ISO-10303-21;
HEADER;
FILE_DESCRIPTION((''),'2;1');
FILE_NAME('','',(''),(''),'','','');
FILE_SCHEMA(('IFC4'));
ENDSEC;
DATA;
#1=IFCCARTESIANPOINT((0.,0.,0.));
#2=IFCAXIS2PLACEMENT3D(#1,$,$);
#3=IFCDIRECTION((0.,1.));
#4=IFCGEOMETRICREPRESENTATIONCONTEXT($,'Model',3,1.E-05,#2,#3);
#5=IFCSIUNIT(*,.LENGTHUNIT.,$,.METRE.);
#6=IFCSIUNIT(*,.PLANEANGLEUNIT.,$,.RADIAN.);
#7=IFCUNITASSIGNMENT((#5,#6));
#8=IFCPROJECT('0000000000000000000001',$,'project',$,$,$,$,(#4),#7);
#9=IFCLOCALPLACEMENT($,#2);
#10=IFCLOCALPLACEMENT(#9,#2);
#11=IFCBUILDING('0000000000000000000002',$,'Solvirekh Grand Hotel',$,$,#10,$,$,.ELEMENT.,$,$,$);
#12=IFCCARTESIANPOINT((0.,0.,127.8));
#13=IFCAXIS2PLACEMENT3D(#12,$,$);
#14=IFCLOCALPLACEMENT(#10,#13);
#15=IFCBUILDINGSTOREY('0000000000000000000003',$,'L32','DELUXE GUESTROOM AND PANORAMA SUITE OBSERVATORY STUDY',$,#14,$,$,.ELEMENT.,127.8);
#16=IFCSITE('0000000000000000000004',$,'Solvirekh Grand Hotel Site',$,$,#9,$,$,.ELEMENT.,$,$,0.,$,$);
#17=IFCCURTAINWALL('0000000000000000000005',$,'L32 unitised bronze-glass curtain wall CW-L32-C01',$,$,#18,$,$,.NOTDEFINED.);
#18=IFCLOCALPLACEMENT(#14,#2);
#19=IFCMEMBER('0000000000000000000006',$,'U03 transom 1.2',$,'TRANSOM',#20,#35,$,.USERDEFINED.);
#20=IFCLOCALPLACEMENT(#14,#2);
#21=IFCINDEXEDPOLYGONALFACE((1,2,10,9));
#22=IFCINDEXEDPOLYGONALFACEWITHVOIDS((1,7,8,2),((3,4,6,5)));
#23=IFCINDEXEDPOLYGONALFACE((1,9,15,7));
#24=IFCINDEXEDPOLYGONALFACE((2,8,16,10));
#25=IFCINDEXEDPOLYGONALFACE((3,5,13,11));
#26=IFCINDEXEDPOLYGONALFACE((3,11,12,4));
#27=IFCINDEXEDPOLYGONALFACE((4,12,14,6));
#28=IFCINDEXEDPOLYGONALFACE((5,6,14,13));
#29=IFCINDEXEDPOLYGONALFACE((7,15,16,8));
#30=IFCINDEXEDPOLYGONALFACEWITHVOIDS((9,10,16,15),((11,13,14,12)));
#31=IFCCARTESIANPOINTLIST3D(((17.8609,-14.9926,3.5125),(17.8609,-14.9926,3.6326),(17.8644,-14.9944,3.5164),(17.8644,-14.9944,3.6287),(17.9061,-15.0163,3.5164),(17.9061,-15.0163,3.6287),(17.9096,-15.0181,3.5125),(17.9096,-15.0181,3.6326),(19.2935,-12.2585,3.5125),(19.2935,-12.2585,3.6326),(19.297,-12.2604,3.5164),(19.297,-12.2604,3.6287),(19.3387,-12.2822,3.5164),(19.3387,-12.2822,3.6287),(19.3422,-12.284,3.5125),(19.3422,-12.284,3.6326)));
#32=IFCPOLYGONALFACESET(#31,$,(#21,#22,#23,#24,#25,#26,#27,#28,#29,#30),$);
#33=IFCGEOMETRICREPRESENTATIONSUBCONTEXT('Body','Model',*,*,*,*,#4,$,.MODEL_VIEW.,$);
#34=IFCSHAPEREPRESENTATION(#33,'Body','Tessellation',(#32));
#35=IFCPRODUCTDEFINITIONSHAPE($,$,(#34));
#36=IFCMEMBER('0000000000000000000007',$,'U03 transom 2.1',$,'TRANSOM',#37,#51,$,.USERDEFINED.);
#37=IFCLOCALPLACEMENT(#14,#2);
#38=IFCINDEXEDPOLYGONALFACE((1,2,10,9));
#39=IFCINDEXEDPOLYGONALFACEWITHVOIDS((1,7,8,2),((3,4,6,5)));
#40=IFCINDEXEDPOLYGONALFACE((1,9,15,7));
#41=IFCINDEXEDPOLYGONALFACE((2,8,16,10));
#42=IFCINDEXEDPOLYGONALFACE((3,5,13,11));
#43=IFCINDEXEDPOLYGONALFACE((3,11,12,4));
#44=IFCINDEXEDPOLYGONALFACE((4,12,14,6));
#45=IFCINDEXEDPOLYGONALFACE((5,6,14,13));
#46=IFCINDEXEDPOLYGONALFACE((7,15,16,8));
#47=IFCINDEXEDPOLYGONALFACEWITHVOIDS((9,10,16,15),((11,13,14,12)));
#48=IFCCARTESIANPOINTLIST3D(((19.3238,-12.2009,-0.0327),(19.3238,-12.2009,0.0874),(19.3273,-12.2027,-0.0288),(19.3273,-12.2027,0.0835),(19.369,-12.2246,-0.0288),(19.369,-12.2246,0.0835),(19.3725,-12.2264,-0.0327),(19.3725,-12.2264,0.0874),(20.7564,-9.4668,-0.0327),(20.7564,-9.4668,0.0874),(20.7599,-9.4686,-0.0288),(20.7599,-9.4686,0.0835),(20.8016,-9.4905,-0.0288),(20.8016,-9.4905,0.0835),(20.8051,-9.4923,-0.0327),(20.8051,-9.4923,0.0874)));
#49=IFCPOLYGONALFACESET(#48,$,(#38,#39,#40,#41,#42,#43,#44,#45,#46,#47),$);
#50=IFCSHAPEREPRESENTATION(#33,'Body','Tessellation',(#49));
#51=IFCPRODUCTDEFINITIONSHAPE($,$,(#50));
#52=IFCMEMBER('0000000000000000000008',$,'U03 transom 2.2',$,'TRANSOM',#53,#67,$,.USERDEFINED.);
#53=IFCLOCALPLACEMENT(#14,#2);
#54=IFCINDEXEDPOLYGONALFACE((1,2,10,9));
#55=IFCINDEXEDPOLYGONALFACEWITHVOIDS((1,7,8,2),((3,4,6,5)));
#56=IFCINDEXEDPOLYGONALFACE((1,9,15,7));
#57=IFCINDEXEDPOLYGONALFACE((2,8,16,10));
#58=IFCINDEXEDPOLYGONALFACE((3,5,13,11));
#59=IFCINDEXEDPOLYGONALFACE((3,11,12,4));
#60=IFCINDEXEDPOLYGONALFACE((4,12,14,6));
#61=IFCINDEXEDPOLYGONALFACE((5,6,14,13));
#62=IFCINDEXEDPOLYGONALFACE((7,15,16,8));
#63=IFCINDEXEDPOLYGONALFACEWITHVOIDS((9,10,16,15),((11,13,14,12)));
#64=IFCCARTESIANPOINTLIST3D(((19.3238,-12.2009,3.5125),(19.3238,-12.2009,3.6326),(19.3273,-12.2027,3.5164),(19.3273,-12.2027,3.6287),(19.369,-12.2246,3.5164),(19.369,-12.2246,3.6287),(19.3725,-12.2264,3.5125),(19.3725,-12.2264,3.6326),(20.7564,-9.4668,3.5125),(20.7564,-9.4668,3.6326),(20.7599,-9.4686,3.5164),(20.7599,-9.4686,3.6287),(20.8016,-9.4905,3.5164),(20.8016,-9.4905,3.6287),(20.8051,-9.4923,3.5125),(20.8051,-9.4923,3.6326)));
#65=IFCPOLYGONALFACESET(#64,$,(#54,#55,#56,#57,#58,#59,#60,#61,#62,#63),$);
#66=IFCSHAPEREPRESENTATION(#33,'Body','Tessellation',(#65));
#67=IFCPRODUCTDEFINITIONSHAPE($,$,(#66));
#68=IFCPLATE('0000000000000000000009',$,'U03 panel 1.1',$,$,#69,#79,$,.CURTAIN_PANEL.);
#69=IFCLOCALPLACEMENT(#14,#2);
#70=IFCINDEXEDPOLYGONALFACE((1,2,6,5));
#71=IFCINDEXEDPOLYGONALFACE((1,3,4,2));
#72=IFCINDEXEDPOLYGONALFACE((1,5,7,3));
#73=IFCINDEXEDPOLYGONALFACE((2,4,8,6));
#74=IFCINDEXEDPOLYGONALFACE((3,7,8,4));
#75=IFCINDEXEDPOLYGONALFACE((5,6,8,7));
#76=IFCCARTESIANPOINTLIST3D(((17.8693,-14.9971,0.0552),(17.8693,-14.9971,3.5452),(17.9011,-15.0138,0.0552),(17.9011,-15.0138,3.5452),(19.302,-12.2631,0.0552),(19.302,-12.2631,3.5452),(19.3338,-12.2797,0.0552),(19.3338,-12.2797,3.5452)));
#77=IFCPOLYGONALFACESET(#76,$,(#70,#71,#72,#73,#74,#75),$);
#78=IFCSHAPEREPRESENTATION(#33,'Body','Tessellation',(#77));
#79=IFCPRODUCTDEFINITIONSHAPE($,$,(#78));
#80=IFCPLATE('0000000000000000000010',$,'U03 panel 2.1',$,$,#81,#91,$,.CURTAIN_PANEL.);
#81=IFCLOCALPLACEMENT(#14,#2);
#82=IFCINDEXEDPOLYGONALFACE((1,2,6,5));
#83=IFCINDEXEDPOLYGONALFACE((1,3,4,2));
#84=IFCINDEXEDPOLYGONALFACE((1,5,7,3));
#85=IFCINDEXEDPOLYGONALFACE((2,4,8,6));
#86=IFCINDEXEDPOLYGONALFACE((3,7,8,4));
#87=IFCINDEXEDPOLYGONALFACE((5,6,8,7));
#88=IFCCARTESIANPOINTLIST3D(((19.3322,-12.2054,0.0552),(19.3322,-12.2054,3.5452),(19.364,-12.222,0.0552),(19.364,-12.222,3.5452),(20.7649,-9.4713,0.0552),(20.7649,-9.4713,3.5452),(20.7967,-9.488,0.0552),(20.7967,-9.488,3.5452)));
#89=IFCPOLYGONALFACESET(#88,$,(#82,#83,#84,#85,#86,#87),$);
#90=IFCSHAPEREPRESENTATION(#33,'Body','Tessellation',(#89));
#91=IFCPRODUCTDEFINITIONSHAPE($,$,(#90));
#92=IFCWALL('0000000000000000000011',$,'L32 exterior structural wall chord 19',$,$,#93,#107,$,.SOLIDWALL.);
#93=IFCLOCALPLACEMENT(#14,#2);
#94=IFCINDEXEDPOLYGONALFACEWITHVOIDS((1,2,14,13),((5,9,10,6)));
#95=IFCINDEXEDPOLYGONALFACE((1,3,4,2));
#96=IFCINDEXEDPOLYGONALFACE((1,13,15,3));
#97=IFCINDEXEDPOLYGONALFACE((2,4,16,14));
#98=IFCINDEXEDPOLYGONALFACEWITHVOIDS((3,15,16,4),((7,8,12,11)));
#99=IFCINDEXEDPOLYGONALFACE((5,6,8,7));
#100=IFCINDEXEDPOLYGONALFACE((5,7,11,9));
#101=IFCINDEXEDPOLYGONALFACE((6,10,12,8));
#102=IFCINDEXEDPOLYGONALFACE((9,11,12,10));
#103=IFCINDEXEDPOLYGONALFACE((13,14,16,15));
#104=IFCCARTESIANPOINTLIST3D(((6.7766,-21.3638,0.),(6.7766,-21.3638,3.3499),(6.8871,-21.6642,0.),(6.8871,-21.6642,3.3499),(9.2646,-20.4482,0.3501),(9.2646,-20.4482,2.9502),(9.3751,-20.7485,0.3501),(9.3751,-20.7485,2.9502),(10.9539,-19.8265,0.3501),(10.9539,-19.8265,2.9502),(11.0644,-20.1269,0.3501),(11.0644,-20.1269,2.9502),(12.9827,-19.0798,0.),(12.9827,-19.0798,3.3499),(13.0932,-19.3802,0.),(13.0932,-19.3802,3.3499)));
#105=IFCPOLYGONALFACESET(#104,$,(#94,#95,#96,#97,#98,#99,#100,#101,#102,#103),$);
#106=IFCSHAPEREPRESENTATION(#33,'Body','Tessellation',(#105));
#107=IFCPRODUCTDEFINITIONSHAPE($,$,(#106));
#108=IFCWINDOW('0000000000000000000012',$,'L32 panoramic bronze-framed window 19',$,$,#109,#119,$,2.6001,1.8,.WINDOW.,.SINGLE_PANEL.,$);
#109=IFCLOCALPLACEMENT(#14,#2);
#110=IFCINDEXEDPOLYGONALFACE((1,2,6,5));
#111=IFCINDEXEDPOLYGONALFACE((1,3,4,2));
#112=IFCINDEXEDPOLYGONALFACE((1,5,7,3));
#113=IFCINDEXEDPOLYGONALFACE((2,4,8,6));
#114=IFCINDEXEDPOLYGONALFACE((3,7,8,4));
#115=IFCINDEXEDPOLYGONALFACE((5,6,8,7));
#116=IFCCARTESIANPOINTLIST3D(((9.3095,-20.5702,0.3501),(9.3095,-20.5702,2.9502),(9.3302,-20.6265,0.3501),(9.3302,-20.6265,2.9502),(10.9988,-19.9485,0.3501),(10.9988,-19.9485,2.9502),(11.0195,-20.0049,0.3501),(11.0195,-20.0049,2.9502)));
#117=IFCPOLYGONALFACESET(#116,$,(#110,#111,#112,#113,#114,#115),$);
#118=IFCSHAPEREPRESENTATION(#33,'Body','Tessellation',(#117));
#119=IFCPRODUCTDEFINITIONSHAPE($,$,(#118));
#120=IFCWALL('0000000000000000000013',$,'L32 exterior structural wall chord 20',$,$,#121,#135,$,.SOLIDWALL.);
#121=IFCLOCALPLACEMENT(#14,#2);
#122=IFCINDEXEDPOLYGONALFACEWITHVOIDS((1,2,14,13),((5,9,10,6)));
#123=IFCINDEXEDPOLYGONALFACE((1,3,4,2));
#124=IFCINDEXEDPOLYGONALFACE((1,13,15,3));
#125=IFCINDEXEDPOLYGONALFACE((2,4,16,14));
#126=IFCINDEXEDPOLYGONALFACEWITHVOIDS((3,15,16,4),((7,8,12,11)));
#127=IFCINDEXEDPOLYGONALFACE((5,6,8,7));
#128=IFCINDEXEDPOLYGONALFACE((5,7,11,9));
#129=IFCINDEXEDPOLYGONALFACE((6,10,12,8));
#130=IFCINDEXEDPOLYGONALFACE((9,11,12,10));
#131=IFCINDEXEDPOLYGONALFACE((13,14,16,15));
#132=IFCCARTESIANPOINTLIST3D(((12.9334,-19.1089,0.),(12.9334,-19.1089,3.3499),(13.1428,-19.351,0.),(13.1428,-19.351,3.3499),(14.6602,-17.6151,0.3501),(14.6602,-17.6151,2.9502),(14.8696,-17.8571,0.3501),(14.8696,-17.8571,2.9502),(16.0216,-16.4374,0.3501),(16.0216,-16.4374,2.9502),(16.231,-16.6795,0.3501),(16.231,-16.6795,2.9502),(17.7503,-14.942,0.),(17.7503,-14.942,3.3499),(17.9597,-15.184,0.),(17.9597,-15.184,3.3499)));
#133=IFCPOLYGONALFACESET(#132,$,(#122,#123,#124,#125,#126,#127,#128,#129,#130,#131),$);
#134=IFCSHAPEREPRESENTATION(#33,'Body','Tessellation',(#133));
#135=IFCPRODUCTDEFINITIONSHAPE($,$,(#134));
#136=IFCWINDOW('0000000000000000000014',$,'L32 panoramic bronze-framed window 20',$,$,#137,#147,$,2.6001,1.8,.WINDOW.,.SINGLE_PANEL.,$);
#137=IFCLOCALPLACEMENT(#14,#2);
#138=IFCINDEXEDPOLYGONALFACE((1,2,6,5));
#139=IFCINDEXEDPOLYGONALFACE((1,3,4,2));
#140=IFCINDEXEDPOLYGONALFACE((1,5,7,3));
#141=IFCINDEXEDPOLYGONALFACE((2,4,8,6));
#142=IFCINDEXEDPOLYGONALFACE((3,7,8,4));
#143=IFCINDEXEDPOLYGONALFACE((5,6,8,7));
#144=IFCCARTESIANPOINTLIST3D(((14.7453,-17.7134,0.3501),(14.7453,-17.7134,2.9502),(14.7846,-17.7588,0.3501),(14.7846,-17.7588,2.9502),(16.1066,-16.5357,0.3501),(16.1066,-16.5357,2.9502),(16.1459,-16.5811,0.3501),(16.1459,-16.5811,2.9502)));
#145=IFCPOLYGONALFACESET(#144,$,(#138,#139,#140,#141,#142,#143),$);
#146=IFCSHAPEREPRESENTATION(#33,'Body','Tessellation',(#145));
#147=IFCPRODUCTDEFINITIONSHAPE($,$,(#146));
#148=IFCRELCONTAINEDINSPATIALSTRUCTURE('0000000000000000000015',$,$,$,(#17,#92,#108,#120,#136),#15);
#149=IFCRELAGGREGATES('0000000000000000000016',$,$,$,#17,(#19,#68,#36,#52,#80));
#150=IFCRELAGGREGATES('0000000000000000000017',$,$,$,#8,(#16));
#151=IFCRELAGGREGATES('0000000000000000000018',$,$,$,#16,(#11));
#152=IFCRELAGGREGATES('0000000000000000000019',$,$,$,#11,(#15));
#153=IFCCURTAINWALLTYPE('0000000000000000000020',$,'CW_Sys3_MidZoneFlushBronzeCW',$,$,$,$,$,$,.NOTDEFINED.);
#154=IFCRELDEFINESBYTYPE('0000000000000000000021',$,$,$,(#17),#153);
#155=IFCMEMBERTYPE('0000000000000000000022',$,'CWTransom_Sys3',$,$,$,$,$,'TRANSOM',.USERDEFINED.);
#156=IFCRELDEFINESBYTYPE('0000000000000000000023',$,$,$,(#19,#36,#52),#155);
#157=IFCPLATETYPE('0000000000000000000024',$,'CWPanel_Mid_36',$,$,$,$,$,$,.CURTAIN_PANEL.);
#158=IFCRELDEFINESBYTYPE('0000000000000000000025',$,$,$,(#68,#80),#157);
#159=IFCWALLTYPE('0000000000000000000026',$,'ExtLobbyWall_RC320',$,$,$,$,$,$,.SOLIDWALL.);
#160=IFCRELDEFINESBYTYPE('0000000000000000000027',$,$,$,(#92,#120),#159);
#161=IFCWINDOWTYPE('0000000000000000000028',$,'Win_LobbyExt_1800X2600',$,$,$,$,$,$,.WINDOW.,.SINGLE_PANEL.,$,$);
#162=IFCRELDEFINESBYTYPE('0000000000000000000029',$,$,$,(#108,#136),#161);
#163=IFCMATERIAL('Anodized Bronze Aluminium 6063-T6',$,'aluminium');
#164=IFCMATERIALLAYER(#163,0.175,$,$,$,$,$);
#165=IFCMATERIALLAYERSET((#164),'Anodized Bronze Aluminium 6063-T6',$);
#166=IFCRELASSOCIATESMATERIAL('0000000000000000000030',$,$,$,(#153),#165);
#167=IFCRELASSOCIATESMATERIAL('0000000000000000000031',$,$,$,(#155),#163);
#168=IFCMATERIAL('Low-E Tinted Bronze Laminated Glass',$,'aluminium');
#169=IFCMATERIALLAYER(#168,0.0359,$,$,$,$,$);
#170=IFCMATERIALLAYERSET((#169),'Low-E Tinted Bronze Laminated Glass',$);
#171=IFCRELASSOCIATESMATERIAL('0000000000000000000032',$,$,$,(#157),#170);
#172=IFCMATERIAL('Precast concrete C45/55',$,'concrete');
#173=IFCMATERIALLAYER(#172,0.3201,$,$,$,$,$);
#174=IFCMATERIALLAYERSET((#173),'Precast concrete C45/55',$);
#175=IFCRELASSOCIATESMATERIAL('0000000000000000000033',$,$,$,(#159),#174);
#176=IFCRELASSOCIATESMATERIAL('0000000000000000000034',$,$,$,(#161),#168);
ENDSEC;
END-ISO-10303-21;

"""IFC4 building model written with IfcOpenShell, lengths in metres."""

from ifc_helpers import new_model, si_unit, direction, frame, frame_2d, origin, origin_2d, place, context, subcontext, project, spatial, rectangle, hollow_rectangle, extrude, source, transform, mapped, material, layer, layer_set, material_profile, profile_set, type_object, element, fill, aggregate, save


model = new_model("IFC4")

# Units and contexts
model_context = context("Model", 3, precision=1e-05, world=origin(), true_north=direction((0.0, 1.0)))
body_context = subcontext(model_context, "Body", "Model", "MODEL_VIEW")
ifc_project = project(units=[si_unit("LENGTHUNIT", "METRE"), si_unit("PLANEANGLEUNIT", "RADIAN")], contexts=[model_context])

# Site, building, storey
site_placement = place(None, origin())
site = spatial("IfcSite", under=ifc_project, at=site_placement, Name="Solvirekh Grand Hotel Site", CompositionType="ELEMENT", RefElevation=0.0)
building_placement = place(site_placement, origin())
building = spatial("IfcBuilding", under=site, at=building_placement, Name="Solvirekh Grand Hotel", CompositionType="ELEMENT")
storey_placement = place(building_placement, frame((0.0, 0.0, 127.8)))
storey = spatial("IfcBuildingStorey", under=building, at=storey_placement, Name="L32", Description="DELUXE GUESTROOM AND PANORAMA SUITE OBSERVATORY STUDY", CompositionType="ELEMENT", Elevation=127.8)

# Curtain wall
ifc_material_1 = material(Name="Anodized Bronze Aluminium 6063-T6", Category="aluminium")
ifc_layer_1 = layer(ifc_material_1, 0.175)
ifc_layer_set_1 = layer_set([ifc_layer_1], Name="Anodized Bronze Aluminium 6063-T6")
curtain_wall_type = type_object("IfcCurtainWallType", Name="CW_Sys3_MidZoneFlushBronzeCW", PredefinedType="NOTDEFINED", material=ifc_layer_set_1)
curtain_wall_1_placement = place(storey_placement, origin())
curtain_wall_1 = element("IfcCurtainWall", 1, at=curtain_wall_1_placement, inside=storey, type_object=curtain_wall_type, Name="L32 unitised bronze-glass curtain wall CW-L32-C01", PredefinedType="NOTDEFINED")

# Members
ifc_material_profile_1 = material_profile(ifc_material_1, hollow_rectangle(XDim=0.0549, YDim=0.1201, WallThickness=0.0039, at=origin_2d()), Name="ALU RHS 120X55X4")
ifc_profile_set_1 = profile_set([ifc_material_profile_1], Name="Anodized Bronze Aluminium 6063-T6")
member_type_1 = type_object("IfcMemberType", Name="CWTransom_Sys3", ElementType="TRANSOM", PredefinedType="USERDEFINED", material=ifc_profile_set_1)
shared_shape_1 = source(origin(), body_context, "Body", "SweptSolid", [
    extrude(hollow_rectangle(XDim=0.0549, YDim=0.1201, WallThickness=0.0039, at=origin_2d()), origin(), (0.0, 0.0, 1.0), 3.0867),
])
member_1_placement = place(storey_placement, frame((17.8853, -15.0054, 3.5725), z_axis=(0.464122, 0.885771, 0.0), x_axis=(-0.885771, 0.464122, 0.0)))
member_1 = element("IfcMember", 2, at=member_1_placement, type_object=member_type_1, Name="U03 transom 1.2", ObjectType="TRANSOM", PredefinedType="USERDEFINED", context=body_context, shape_type="MappedRepresentation", body=[
    mapped(shared_shape_1, transform((0.0, 0.0, 0.0), x_axis=(1.0, 0.0, 0.0), y_axis=(0.0, 1.0, 0.0), z_axis=(0.0, 0.0, 1.0), scale=1.0)),
])
member_2_placement = place(storey_placement, frame((19.3481, -12.2136, 0.0273), z_axis=(0.464122, 0.885771, 0.0), x_axis=(-0.885771, 0.464122, 0.0)))
member_2 = element("IfcMember", 3, at=member_2_placement, type_object=member_type_1, Name="U03 transom 2.1", ObjectType="TRANSOM", PredefinedType="USERDEFINED", context=body_context, shape_type="MappedRepresentation", body=[
    mapped(shared_shape_1, transform((0.0, 0.0, 0.0), x_axis=(1.0, 0.0, 0.0), y_axis=(0.0, 1.0, 0.0), z_axis=(0.0, 0.0, 1.0), scale=1.0)),
])
member_3_placement = place(storey_placement, frame((19.3481, -12.2136, 3.5725), z_axis=(0.464122, 0.885771, 0.0), x_axis=(-0.885771, 0.464122, 0.0)))
member_3 = element("IfcMember", 4, at=member_3_placement, type_object=member_type_1, Name="U03 transom 2.2", ObjectType="TRANSOM", PredefinedType="USERDEFINED", context=body_context, shape_type="MappedRepresentation", body=[
    mapped(shared_shape_1, transform((0.0, 0.0, 0.0), x_axis=(1.0, 0.0, 0.0), y_axis=(0.0, 1.0, 0.0), z_axis=(0.0, 0.0, 1.0), scale=1.0)),
])

# Plates
ifc_material_2 = material(Name="Low-E Tinted Bronze Laminated Glass", Category="aluminium")
ifc_layer_2 = layer(ifc_material_2, 0.0359)
ifc_layer_set_2 = layer_set([ifc_layer_2], Name="Low-E Tinted Bronze Laminated Glass")
plate_type = type_object("IfcPlateType", Name="CWPanel_Mid_36", PredefinedType="CURTAIN_PANEL", material=ifc_layer_set_2)
shared_shape_2 = source(origin(), body_context, "Body", "SweptSolid", [
    extrude(rectangle(XDim=3.0867, YDim=0.0359, at=origin_2d()), origin(), (0.0, 0.0, 1.0), 3.49),
])
plate_1_placement = place(storey_placement, frame((18.6016, -13.6384, 0.0552), z_axis=(0.0, 0.0, 1.0), x_axis=(0.464154, 0.885755, 0.0)))
plate_1 = element("IfcPlate", 5, at=plate_1_placement, type_object=plate_type, Name="U03 panel 1.1", PredefinedType="CURTAIN_PANEL", context=body_context, shape_type="MappedRepresentation", body=[
    mapped(shared_shape_2, transform((0.0, 0.0, 0.0), x_axis=(1.0, 0.0, 0.0), y_axis=(0.0, 1.0, 0.0), z_axis=(0.0, 0.0, 1.0), scale=1.0)),
])
plate_2_placement = place(storey_placement, frame((20.0645, -10.8467, 0.0552), z_axis=(0.0, 0.0, 1.0), x_axis=(0.464154, 0.885755, 0.0)))
plate_2 = element("IfcPlate", 6, at=plate_2_placement, type_object=plate_type, Name="U03 panel 2.1", PredefinedType="CURTAIN_PANEL", context=body_context, shape_type="MappedRepresentation", body=[
    mapped(shared_shape_2, transform((0.0, 0.0, 0.0), x_axis=(1.0, 0.0, 0.0), y_axis=(0.0, 1.0, 0.0), z_axis=(0.0, 0.0, 1.0), scale=1.0)),
])
aggregate(curtain_wall_1, [member_1, plate_1, member_2, member_3, plate_2])

# Walls, openings, windows
ifc_material_3 = material(Name="Precast concrete C45/55", Category="concrete")
ifc_layer_3 = layer(ifc_material_3, 0.3201)
ifc_layer_set_3 = layer_set([ifc_layer_3], Name="Precast concrete C45/55")
wall_type_1 = type_object("IfcWallType", Name="ExtLobbyWall_RC320", PredefinedType="SOLIDWALL", material=ifc_layer_set_3)
wall_1_placement = place(storey_placement, frame((13.0381, -19.23, 0.0), z_axis=(0.0, 0.0, 1.0), x_axis=(-0.938466, -0.345372, 0.0)))
wall_1 = element("IfcWall", 7, at=wall_1_placement, inside=storey, type_object=wall_type_1, Name="L32 exterior structural wall chord 19", PredefinedType="SOLIDWALL", context=body_context, shape_type="SweptSolid", body=[
    extrude(rectangle(XDim=6.613, YDim=0.3201, at=frame_2d((3.3066, 0.0))), origin(), (0.0, 0.0, 1.0), 3.3499),
])
opening_1_placement = place(wall_1_placement, frame((2.1621, 0.0, 0.3501)))
opening_1 = element("IfcOpeningElement", 8, at=opening_1_placement, cuts=wall_1, PredefinedType="OPENING", context=body_context, shape_type="SweptSolid", body=[
    extrude(rectangle(XDim=1.8, YDim=2.6001, at=frame_2d((0.8999, 1.3))), frame((0.0, 0.1699, 0.0), z_axis=(0.0, -1.0, 0.0), x_axis=(1.0, 0.0, 0.0)), (0.0, 0.0, 1.0), 0.3401),
])
window_type = type_object("IfcWindowType", Name="Win_LobbyExt_1800X2600", PartitioningType="SINGLE_PANEL", PredefinedType="WINDOW", material=ifc_material_2)
window_1_placement = place(opening_1_placement, origin())
window_1 = element("IfcWindow", 9, at=window_1_placement, inside=storey, type_object=window_type, Name="L32 panoramic bronze-framed window 19", OverallHeight=2.6001, OverallWidth=1.8, PartitioningType="SINGLE_PANEL", PredefinedType="WINDOW", context=body_context, shape_type="SweptSolid", body=[
    extrude(rectangle(XDim=1.8, YDim=2.6001, at=frame_2d((0.8999, 1.3))), frame((0.0, 0.03, 0.0), z_axis=(0.0, -1.0, 0.0), x_axis=(1.0, 0.0, 0.0)), (0.0, 0.0, 1.0), 0.0601),
])
fill(opening_1, window_1)
wall_2_placement = place(storey_placement, frame((17.855, -15.063, 0.0), z_axis=(0.0, 0.0, 1.0), x_axis=(-0.756283, -0.654244, 0.0)))
wall_2 = element("IfcWall", 10, at=wall_2_placement, inside=storey, type_object=wall_type_1, Name="L32 exterior structural wall chord 20", PredefinedType="SOLIDWALL", context=body_context, shape_type="SweptSolid", body=[
    extrude(rectangle(XDim=6.3691, YDim=0.3201, at=frame_2d((3.1846, 0.0))), origin(), (0.0, 0.0, 1.0), 3.3499),
])
opening_2_placement = place(wall_2_placement, frame((2.2859, 0.0, 0.3501)))
opening_2 = element("IfcOpeningElement", 11, at=opening_2_placement, cuts=wall_2, PredefinedType="OPENING", context=body_context, shape_type="SweptSolid", body=[
    extrude(rectangle(XDim=1.8, YDim=2.6001, at=frame_2d((0.8999, 1.3))), frame((0.0, 0.1699, 0.0), z_axis=(0.0, -1.0, 0.0), x_axis=(1.0, 0.0, 0.0)), (0.0, 0.0, 1.0), 0.3401),
])
window_2_placement = place(opening_2_placement, origin())
window_2 = element("IfcWindow", 12, at=window_2_placement, inside=storey, type_object=window_type, Name="L32 panoramic bronze-framed window 20", OverallHeight=2.6001, OverallWidth=1.8, PartitioningType="SINGLE_PANEL", PredefinedType="WINDOW", context=body_context, shape_type="SweptSolid", body=[
    extrude(rectangle(XDim=1.8, YDim=2.6001, at=frame_2d((0.8999, 1.3))), frame((0.0, 0.03, 0.0), z_axis=(0.0, -1.0, 0.0), x_axis=(1.0, 0.0, 0.0)), (0.0, 0.0, 1.0), 0.0601),
])
fill(opening_2, window_2)

save(model, "model.ifc")
